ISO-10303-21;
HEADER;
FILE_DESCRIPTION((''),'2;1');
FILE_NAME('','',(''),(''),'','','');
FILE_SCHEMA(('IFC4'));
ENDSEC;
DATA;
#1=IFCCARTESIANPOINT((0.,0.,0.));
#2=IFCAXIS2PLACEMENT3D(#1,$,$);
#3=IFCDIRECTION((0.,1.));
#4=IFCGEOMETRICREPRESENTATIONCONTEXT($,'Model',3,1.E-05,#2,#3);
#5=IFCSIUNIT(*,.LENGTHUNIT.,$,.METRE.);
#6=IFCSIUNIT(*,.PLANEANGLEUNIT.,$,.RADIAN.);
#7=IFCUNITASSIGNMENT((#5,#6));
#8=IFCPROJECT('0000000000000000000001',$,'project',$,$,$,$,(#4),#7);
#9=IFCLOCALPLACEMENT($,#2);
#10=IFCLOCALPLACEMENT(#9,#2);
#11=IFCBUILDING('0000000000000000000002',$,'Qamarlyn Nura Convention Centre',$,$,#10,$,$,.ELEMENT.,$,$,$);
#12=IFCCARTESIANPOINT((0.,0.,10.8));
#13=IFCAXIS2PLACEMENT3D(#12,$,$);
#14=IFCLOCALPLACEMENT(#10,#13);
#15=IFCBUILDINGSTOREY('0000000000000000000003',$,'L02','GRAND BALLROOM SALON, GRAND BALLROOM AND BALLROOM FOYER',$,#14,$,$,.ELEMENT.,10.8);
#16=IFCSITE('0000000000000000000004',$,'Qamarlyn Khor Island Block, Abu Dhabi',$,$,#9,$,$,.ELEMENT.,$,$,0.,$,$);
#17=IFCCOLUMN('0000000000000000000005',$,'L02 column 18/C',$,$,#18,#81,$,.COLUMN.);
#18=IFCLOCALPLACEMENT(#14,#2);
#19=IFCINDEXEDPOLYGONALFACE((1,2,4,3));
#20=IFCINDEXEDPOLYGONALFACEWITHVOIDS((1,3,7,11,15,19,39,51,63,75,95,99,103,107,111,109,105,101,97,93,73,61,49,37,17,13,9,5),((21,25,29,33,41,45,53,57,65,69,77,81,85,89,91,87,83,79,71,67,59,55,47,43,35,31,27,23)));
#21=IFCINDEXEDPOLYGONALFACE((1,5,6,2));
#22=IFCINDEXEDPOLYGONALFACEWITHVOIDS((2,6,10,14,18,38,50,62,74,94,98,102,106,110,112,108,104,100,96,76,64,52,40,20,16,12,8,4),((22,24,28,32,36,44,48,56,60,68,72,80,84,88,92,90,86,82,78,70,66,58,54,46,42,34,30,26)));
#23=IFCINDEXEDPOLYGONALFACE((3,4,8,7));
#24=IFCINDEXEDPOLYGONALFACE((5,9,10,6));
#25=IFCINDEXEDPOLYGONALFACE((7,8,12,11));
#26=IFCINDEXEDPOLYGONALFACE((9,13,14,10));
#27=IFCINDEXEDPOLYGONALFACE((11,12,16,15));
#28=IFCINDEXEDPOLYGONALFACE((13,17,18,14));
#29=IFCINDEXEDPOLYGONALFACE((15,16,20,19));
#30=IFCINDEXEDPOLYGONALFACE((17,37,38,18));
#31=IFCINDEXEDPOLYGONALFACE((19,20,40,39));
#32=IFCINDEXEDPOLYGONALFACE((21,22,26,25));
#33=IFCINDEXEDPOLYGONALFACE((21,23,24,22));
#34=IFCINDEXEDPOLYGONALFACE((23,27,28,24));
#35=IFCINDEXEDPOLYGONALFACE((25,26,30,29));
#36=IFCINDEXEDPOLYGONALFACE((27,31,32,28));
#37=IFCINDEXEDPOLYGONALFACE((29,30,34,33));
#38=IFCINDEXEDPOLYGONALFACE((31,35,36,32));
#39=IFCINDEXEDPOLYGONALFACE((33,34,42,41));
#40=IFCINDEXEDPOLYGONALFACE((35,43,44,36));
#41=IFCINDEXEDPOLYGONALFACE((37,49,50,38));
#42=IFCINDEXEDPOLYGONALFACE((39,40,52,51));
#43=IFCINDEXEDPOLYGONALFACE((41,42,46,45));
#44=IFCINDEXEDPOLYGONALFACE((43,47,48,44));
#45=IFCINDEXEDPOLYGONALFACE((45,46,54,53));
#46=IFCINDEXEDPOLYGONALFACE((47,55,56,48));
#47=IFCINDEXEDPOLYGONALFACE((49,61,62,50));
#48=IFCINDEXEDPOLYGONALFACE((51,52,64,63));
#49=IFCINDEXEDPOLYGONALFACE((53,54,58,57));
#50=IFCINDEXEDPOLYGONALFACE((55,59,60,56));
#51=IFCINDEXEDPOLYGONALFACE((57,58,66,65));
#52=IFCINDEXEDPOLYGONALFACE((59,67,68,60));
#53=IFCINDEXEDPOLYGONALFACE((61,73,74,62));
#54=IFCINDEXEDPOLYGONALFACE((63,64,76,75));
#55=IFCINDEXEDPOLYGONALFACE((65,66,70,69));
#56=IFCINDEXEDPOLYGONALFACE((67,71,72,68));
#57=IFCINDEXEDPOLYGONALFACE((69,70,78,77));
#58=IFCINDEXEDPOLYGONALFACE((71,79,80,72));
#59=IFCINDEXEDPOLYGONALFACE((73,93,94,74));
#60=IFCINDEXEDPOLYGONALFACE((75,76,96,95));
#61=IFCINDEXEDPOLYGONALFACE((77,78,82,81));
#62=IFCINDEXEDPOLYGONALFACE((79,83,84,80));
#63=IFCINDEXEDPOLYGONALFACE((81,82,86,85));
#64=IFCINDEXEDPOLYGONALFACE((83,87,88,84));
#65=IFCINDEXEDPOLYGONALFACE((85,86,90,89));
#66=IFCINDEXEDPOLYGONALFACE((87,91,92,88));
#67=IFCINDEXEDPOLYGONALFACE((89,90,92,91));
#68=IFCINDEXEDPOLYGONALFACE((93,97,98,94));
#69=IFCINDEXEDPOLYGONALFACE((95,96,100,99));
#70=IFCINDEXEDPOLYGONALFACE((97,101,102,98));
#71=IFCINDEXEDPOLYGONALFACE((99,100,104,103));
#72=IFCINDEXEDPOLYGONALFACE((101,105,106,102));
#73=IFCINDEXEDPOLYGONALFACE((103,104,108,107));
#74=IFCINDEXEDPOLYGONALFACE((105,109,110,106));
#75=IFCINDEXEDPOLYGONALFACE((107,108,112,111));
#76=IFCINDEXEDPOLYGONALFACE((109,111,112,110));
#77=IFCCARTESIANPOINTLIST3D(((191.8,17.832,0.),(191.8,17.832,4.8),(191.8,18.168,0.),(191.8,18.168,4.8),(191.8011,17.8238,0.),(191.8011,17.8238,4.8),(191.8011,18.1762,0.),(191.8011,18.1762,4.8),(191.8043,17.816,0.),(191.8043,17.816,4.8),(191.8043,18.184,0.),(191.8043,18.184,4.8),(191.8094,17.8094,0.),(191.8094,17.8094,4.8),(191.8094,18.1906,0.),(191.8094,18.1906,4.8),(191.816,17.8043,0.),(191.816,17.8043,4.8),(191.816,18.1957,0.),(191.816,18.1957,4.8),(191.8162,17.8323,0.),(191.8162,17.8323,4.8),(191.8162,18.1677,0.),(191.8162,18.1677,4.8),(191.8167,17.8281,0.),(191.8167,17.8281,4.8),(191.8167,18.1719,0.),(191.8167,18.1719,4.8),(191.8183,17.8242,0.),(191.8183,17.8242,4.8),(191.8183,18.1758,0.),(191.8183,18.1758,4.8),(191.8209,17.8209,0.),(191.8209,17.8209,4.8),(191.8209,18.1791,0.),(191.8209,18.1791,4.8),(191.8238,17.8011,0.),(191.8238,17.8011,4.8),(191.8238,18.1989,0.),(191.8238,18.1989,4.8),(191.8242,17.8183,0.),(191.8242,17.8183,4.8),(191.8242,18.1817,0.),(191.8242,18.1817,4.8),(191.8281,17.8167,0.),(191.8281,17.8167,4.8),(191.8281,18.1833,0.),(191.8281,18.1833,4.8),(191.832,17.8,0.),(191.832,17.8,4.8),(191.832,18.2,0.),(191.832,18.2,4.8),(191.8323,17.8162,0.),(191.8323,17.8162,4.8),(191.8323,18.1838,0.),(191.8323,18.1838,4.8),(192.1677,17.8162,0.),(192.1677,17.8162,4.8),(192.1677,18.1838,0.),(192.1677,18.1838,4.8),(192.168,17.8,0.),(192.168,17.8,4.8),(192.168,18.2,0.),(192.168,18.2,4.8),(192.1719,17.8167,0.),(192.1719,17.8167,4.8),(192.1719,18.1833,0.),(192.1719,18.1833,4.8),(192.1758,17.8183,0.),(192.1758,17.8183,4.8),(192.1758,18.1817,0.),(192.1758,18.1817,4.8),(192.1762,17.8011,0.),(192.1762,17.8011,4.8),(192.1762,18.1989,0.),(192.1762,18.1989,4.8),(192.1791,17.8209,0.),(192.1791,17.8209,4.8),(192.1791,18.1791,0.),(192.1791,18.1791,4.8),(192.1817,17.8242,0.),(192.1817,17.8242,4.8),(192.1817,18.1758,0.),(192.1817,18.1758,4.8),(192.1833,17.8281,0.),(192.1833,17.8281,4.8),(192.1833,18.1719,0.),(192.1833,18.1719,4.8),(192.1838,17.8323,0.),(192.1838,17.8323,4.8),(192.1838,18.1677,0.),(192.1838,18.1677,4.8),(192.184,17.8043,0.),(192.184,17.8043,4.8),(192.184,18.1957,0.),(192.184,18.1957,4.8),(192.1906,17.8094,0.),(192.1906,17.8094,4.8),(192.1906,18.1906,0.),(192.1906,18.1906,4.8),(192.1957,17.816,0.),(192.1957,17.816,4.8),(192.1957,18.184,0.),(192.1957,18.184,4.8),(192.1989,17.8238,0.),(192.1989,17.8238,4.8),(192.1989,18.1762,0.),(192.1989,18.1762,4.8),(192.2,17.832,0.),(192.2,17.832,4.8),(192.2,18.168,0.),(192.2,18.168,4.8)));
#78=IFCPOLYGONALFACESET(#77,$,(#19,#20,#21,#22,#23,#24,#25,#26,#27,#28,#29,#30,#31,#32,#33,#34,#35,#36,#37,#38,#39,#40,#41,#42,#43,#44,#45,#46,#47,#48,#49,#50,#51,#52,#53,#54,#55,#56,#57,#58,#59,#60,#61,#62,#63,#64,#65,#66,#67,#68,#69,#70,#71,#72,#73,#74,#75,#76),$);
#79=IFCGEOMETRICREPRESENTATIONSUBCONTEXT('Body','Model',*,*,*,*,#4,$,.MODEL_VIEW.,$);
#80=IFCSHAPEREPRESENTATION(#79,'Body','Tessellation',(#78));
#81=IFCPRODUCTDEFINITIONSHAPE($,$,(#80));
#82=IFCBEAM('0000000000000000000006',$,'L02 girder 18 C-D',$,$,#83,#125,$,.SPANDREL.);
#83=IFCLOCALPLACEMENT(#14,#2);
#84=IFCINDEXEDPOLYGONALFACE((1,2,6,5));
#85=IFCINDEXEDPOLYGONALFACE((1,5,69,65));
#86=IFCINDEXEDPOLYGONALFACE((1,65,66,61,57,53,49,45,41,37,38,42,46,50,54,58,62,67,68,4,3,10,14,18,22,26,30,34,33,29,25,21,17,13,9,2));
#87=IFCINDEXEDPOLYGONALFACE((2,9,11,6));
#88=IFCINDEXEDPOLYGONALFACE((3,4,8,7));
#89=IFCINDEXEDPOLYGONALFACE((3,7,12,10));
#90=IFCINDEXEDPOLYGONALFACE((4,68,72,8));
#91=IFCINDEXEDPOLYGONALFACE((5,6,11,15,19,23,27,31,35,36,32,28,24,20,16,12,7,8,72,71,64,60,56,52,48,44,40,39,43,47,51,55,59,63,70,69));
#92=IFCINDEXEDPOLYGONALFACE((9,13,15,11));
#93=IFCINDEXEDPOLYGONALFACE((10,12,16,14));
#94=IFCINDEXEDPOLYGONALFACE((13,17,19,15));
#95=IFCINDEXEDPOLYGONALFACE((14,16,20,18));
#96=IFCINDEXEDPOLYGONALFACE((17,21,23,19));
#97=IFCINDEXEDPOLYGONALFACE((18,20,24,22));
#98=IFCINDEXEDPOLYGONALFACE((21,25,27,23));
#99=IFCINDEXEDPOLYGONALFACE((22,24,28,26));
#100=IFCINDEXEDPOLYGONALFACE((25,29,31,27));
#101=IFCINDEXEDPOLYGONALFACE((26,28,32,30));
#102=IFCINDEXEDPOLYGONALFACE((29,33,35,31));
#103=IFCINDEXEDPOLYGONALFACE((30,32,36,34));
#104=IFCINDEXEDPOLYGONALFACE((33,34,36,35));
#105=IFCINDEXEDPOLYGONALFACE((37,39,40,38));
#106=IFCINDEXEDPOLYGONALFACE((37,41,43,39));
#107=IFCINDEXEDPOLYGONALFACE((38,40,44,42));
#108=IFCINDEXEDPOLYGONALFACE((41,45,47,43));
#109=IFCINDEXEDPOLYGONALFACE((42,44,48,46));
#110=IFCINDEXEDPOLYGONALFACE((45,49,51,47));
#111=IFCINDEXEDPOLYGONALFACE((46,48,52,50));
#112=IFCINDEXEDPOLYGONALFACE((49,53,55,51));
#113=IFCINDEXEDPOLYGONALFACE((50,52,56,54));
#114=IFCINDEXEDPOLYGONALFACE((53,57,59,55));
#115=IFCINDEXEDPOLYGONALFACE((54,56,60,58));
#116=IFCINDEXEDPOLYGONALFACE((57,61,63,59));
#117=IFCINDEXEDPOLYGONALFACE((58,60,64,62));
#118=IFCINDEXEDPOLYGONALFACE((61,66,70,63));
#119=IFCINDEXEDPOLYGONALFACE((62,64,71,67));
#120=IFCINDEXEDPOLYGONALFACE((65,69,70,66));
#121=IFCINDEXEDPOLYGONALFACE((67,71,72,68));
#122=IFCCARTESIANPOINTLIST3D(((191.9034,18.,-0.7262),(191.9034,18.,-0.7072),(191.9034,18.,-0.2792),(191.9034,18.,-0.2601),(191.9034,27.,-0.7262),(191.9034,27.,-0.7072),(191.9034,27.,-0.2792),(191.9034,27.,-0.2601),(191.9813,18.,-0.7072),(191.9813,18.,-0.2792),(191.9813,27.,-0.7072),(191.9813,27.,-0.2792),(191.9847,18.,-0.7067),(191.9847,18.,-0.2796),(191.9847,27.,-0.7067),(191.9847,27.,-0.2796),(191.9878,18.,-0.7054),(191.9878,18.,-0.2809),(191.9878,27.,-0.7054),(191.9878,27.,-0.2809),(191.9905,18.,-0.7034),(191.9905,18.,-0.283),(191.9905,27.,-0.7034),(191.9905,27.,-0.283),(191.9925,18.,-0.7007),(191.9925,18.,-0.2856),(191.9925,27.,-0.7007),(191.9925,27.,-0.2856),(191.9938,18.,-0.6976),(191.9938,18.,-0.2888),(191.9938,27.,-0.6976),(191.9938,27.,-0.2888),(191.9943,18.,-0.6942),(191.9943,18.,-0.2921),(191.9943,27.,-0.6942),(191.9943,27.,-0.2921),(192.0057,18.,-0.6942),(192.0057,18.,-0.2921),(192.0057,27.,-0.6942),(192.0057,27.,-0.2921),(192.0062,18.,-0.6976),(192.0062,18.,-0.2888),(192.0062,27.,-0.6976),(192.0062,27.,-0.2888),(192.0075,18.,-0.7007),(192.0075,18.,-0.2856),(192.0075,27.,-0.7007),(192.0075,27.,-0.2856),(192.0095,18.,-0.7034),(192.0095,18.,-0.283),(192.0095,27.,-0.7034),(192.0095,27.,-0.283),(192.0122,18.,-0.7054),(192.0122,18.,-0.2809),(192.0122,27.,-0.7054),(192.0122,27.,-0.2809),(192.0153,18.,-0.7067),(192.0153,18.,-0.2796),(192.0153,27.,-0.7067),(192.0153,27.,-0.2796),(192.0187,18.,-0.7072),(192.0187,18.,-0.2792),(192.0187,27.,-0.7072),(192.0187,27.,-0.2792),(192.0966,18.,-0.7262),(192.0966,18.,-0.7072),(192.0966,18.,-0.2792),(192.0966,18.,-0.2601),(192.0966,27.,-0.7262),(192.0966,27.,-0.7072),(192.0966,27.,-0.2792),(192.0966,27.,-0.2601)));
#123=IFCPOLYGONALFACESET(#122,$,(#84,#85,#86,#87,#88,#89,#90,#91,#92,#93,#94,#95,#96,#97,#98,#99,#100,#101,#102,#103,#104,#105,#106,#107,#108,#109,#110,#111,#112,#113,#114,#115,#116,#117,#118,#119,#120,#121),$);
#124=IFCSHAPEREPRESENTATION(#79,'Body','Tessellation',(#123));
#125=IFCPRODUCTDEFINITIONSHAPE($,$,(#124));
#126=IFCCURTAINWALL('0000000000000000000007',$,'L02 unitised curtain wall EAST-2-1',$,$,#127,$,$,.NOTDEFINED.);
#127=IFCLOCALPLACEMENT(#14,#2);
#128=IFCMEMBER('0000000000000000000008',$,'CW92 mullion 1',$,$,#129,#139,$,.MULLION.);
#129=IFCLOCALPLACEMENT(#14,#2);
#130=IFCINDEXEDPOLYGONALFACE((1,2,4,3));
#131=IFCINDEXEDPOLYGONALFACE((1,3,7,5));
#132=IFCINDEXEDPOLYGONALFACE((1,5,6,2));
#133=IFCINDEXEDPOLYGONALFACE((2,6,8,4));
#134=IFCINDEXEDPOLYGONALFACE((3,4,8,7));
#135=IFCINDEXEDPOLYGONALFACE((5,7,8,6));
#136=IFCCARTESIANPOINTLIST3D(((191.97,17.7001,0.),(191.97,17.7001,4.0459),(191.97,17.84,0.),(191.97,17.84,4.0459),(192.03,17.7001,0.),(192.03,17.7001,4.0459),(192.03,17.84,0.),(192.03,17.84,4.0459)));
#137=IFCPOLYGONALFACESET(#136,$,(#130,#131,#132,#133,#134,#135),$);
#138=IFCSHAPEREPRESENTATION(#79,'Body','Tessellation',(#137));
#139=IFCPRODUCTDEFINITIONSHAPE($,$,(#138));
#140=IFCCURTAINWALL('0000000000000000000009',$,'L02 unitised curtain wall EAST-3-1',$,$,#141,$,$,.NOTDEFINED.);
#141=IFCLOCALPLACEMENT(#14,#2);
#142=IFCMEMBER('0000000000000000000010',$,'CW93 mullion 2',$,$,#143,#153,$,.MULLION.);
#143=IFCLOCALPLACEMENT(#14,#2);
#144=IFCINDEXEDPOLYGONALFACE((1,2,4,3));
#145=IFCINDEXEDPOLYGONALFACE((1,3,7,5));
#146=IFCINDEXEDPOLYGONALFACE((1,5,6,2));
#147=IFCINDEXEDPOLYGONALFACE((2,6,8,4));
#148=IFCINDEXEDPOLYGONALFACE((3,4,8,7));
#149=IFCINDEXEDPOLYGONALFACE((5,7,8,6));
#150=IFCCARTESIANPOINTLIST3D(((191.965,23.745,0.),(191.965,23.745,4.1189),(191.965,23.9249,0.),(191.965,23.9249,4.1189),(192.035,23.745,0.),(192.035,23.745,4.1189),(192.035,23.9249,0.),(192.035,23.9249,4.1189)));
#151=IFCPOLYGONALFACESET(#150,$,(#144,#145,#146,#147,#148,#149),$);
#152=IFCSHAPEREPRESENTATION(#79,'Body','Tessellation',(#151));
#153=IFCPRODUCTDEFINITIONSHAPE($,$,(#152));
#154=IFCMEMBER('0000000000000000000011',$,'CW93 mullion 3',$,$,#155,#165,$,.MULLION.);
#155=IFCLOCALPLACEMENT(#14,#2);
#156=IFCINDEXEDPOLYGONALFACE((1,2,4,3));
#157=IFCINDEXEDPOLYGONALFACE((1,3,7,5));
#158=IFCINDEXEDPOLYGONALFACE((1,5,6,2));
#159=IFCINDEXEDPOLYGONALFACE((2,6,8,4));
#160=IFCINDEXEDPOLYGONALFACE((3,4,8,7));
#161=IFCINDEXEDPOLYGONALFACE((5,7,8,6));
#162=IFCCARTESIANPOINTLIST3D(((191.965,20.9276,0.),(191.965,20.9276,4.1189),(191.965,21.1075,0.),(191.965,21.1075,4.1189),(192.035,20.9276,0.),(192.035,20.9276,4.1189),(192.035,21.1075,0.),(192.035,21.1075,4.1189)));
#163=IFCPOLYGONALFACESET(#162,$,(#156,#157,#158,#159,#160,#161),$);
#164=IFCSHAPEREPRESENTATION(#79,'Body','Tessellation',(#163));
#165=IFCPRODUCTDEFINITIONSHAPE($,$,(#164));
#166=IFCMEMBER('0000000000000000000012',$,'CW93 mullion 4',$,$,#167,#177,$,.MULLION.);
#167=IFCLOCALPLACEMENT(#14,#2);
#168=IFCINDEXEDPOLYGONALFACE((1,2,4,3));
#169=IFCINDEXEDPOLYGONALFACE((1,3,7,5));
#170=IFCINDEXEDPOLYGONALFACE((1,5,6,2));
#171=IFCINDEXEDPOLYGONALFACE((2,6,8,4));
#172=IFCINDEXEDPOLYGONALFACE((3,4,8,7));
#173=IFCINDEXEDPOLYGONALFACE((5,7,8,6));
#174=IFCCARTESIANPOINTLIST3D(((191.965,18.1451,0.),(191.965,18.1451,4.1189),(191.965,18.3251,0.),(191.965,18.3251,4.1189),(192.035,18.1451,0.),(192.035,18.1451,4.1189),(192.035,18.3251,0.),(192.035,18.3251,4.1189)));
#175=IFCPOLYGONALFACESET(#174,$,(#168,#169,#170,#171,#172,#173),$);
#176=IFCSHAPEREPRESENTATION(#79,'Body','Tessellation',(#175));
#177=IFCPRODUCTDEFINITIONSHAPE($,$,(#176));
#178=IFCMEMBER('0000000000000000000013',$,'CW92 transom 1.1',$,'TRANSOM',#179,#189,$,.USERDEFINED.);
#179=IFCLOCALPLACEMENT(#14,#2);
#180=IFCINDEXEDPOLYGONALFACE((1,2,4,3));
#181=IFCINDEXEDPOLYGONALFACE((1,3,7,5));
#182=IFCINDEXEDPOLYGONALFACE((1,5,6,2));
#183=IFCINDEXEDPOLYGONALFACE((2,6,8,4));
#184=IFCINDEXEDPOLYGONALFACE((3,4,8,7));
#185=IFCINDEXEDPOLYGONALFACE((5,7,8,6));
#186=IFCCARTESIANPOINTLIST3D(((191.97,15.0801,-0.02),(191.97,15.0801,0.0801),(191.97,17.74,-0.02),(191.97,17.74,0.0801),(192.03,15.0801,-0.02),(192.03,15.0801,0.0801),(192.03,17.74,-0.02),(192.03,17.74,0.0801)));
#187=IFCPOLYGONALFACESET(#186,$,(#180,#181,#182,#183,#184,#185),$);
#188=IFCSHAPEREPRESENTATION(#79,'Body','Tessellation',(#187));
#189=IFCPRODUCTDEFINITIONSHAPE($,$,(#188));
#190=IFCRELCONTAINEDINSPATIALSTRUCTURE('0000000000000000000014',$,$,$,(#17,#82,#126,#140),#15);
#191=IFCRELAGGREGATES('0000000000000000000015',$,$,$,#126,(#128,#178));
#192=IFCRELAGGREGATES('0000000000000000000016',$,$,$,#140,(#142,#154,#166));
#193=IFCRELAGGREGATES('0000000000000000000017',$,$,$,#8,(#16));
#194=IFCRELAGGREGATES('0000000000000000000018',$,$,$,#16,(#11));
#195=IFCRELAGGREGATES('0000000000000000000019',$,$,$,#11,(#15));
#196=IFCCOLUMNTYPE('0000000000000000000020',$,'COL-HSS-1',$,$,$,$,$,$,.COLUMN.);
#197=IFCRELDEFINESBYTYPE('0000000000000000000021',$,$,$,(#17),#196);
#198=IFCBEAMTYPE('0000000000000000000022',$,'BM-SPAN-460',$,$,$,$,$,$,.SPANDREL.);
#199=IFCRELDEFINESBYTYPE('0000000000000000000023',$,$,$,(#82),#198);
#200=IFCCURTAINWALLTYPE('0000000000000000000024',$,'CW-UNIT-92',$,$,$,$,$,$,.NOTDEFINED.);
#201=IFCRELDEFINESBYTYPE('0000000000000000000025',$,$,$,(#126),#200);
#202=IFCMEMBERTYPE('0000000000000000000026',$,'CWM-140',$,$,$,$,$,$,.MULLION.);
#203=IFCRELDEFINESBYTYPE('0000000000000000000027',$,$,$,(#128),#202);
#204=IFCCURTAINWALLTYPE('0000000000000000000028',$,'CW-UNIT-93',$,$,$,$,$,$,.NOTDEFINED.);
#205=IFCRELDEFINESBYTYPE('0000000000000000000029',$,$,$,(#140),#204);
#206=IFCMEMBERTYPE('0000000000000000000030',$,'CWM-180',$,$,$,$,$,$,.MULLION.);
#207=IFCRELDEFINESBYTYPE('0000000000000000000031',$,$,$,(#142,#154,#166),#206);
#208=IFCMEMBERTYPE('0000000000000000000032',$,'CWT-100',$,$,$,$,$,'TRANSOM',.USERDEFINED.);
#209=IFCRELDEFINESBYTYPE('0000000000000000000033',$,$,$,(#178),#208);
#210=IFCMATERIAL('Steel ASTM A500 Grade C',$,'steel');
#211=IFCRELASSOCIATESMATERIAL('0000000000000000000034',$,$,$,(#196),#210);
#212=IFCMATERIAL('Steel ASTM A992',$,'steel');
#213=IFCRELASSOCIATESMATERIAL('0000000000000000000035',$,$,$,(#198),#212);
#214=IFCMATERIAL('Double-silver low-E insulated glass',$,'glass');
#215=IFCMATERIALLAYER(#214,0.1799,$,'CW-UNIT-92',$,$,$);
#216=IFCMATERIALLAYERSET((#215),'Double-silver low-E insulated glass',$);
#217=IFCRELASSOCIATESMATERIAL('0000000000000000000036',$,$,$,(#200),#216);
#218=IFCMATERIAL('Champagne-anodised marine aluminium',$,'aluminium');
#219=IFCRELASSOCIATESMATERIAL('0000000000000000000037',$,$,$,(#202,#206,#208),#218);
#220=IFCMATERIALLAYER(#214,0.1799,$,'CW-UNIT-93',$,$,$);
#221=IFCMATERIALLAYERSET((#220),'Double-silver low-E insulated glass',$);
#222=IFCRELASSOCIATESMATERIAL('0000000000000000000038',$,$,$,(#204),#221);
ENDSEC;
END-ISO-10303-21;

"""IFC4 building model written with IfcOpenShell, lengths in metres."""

from ifc_helpers import new_model, si_unit, direction, frame, origin, origin_2d, place, context, subcontext, project, spatial, rectangle, hollow_rectangle, i_section, extrude, material, layer, layer_set, material_profile, profile_set, type_object, element, aggregate, save


model = new_model("IFC4")

# Units and contexts
model_context = context("Model", 3, precision=1e-05, world=origin(), true_north=direction((0.0, 1.0)))
body_context = subcontext(model_context, "Body", "Model", "MODEL_VIEW")
ifc_project = project(units=[si_unit("LENGTHUNIT", "METRE"), si_unit("PLANEANGLEUNIT", "RADIAN")], contexts=[model_context])

# Site, building, storey
site_placement = place(None, origin())
site = spatial("IfcSite", under=ifc_project, at=site_placement, Name="Qamarlyn Khor Island Block, Abu Dhabi", CompositionType="ELEMENT", RefElevation=0.0)
building_placement = place(site_placement, origin())
building = spatial("IfcBuilding", under=site, at=building_placement, Name="Qamarlyn Nura Convention Centre", CompositionType="ELEMENT")
storey_placement = place(building_placement, frame((0.0, 0.0, 10.8)))
storey = spatial("IfcBuildingStorey", under=building, at=storey_placement, Name="L02", Description="GRAND BALLROOM SALON, GRAND BALLROOM AND BALLROOM FOYER", CompositionType="ELEMENT", Elevation=10.8)

# Column
ifc_material_1 = material(Name="Steel ASTM A500 Grade C", Category="steel")
ifc_material_profile_1 = material_profile(ifc_material_1, hollow_rectangle(XDim=0.3999, YDim=0.3999, WallThickness=0.0161, InnerFilletRadius=0.0161, OuterFilletRadius=0.032, at=origin_2d()), Name="HSS400X400X16")
ifc_profile_set_1 = profile_set([ifc_material_profile_1], Name="Steel ASTM A500 Grade C")
column_type = type_object("IfcColumnType", Name="COL-HSS-1", PredefinedType="COLUMN", material=ifc_profile_set_1)
column_placement = place(storey_placement, frame((192.0, 18.0, 0.0), z_axis=(0.0, 0.0, 1.0), x_axis=(1.0, 0.0, 0.0)))
element("IfcColumn", 1, at=column_placement, inside=storey, type_object=column_type, Name="L02 column 18/C", PredefinedType="COLUMN", context=body_context, shape_type="SweptSolid", body=[
    extrude(hollow_rectangle(XDim=0.3999, YDim=0.3999, WallThickness=0.0161, InnerFilletRadius=0.0161, OuterFilletRadius=0.032, at=origin_2d()), origin(), (0.0, 0.0, 1.0), 4.8),
])

# Beam
ifc_material_2 = material(Name="Steel ASTM A992", Category="steel")
ifc_material_profile_2 = material_profile(ifc_material_2, i_section(OverallWidth=0.1931, OverallDepth=0.4661, WebThickness=0.0115, FlangeThickness=0.019, FilletRadius=0.0129, at=origin_2d()), Name="W460X97")
ifc_profile_set_2 = profile_set([ifc_material_profile_2], Name="Steel ASTM A992")
beam_type = type_object("IfcBeamType", Name="BM-SPAN-460", PredefinedType="SPANDREL", material=ifc_profile_set_2)
beam_placement = place(storey_placement, frame((192.0, 18.0, -0.4932), z_axis=(0.0, 1.0, 0.0), x_axis=(-1.0, 0.0, 0.0)))
element("IfcBeam", 2, at=beam_placement, inside=storey, type_object=beam_type, Name="L02 girder 18 C-D", PredefinedType="SPANDREL", context=body_context, shape_type="SweptSolid", body=[
    extrude(i_section(OverallWidth=0.1931, OverallDepth=0.4661, WebThickness=0.0115, FlangeThickness=0.019, FilletRadius=0.0129, at=origin_2d()), origin(), (0.0, 0.0, 1.0), 9.0),
])

# Curtain wall, member
ifc_material_3 = material(Name="Double-silver low-E insulated glass", Category="glass")
ifc_layer_1 = layer(ifc_material_3, 0.1799, Name="CW-UNIT-92")
ifc_layer_set_1 = layer_set([ifc_layer_1], Name="Double-silver low-E insulated glass")
curtain_wall_type_1 = type_object("IfcCurtainWallType", Name="CW-UNIT-92", PredefinedType="NOTDEFINED", material=ifc_layer_set_1)
curtain_wall_1_placement = place(storey_placement, origin())
curtain_wall_1 = element("IfcCurtainWall", 3, at=curtain_wall_1_placement, inside=storey, type_object=curtain_wall_type_1, Name="L02 unitised curtain wall EAST-2-1", PredefinedType="NOTDEFINED")
ifc_material_4 = material(Name="Champagne-anodised marine aluminium", Category="aluminium")
ifc_material_profile_3 = material_profile(ifc_material_4, rectangle(XDim=0.0601, YDim=0.1399, at=origin_2d()), Name="ALU MULLION 60x140")
ifc_profile_set_3 = profile_set([ifc_material_profile_3], Name="Champagne-anodised marine aluminium")
member_type_1 = type_object("IfcMemberType", Name="CWM-140", PredefinedType="MULLION", material=ifc_profile_set_3)
member_1_placement = place(storey_placement, frame((192.0, 17.77, 0.0), z_axis=(0.0, 0.0, 1.0), x_axis=(1.0, 0.0, 0.0)))
member_1 = element("IfcMember", 4, at=member_1_placement, type_object=member_type_1, Name="CW92 mullion 1", PredefinedType="MULLION", context=body_context, shape_type="SweptSolid", body=[
    extrude(rectangle(XDim=0.0601, YDim=0.1399, at=origin_2d()), origin(), (0.0, 0.0, 1.0), 4.0459),
])

# Curtain wall, members
ifc_layer_2 = layer(ifc_material_3, 0.1799, Name="CW-UNIT-93")
ifc_layer_set_2 = layer_set([ifc_layer_2], Name="Double-silver low-E insulated glass")
curtain_wall_type_2 = type_object("IfcCurtainWallType", Name="CW-UNIT-93", PredefinedType="NOTDEFINED", material=ifc_layer_set_2)
curtain_wall_2_placement = place(storey_placement, origin())
curtain_wall_2 = element("IfcCurtainWall", 5, at=curtain_wall_2_placement, inside=storey, type_object=curtain_wall_type_2, Name="L02 unitised curtain wall EAST-3-1", PredefinedType="NOTDEFINED")
ifc_material_profile_4 = material_profile(ifc_material_4, rectangle(XDim=0.0701, YDim=0.1799, at=origin_2d()), Name="ALU MULLION 70x180")
ifc_profile_set_4 = profile_set([ifc_material_profile_4], Name="Champagne-anodised marine aluminium")
member_type_2 = type_object("IfcMemberType", Name="CWM-180", PredefinedType="MULLION", material=ifc_profile_set_4)
member_2_placement = place(storey_placement, frame((192.0, 23.835, 0.0), z_axis=(0.0, 0.0, 1.0), x_axis=(1.0, 0.0, 0.0)))
member_2 = element("IfcMember", 6, at=member_2_placement, type_object=member_type_2, Name="CW93 mullion 2", PredefinedType="MULLION", context=body_context, shape_type="SweptSolid", body=[
    extrude(rectangle(XDim=0.0701, YDim=0.1799, at=origin_2d()), origin(), (0.0, 0.0, 1.0), 4.1189),
])
member_3_placement = place(storey_placement, frame((192.0, 21.0176, 0.0), z_axis=(0.0, 0.0, 1.0), x_axis=(1.0, 0.0, 0.0)))
member_3 = element("IfcMember", 7, at=member_3_placement, type_object=member_type_2, Name="CW93 mullion 3", PredefinedType="MULLION", context=body_context, shape_type="SweptSolid", body=[
    extrude(rectangle(XDim=0.0701, YDim=0.1799, at=origin_2d()), origin(), (0.0, 0.0, 1.0), 4.1189),
])
member_4_placement = place(storey_placement, frame((192.0, 18.2351, 0.0), z_axis=(0.0, 0.0, 1.0), x_axis=(1.0, 0.0, 0.0)))
member_4 = element("IfcMember", 8, at=member_4_placement, type_object=member_type_2, Name="CW93 mullion 4", PredefinedType="MULLION", context=body_context, shape_type="SweptSolid", body=[
    extrude(rectangle(XDim=0.0701, YDim=0.1799, at=origin_2d()), origin(), (0.0, 0.0, 1.0), 4.1189),
])

# Member
ifc_material_profile_5 = material_profile(ifc_material_4, rectangle(XDim=0.0601, YDim=0.1001, at=origin_2d()), Name="ALU TRANSOM 60x100")
ifc_profile_set_5 = profile_set([ifc_material_profile_5], Name="Champagne-anodised marine aluminium")
member_type_3 = type_object("IfcMemberType", Name="CWT-100", ElementType="TRANSOM", PredefinedType="USERDEFINED", material=ifc_profile_set_5)
member_5_placement = place(storey_placement, frame((192.0, 17.74, 0.03), z_axis=(0.0, -1.0, 0.0), x_axis=(1.0, 0.0, 0.0)))
member_5 = element("IfcMember", 9, at=member_5_placement, type_object=member_type_3, Name="CW92 transom 1.1", ObjectType="TRANSOM", PredefinedType="USERDEFINED", context=body_context, shape_type="SweptSolid", body=[
    extrude(rectangle(XDim=0.0601, YDim=0.1001, at=origin_2d()), origin(), (0.0, 0.0, 1.0), 2.6599),
])

aggregate(curtain_wall_1, [member_1, member_5])
aggregate(curtain_wall_2, [member_2, member_3, member_4])

save(model, "model.ifc")
